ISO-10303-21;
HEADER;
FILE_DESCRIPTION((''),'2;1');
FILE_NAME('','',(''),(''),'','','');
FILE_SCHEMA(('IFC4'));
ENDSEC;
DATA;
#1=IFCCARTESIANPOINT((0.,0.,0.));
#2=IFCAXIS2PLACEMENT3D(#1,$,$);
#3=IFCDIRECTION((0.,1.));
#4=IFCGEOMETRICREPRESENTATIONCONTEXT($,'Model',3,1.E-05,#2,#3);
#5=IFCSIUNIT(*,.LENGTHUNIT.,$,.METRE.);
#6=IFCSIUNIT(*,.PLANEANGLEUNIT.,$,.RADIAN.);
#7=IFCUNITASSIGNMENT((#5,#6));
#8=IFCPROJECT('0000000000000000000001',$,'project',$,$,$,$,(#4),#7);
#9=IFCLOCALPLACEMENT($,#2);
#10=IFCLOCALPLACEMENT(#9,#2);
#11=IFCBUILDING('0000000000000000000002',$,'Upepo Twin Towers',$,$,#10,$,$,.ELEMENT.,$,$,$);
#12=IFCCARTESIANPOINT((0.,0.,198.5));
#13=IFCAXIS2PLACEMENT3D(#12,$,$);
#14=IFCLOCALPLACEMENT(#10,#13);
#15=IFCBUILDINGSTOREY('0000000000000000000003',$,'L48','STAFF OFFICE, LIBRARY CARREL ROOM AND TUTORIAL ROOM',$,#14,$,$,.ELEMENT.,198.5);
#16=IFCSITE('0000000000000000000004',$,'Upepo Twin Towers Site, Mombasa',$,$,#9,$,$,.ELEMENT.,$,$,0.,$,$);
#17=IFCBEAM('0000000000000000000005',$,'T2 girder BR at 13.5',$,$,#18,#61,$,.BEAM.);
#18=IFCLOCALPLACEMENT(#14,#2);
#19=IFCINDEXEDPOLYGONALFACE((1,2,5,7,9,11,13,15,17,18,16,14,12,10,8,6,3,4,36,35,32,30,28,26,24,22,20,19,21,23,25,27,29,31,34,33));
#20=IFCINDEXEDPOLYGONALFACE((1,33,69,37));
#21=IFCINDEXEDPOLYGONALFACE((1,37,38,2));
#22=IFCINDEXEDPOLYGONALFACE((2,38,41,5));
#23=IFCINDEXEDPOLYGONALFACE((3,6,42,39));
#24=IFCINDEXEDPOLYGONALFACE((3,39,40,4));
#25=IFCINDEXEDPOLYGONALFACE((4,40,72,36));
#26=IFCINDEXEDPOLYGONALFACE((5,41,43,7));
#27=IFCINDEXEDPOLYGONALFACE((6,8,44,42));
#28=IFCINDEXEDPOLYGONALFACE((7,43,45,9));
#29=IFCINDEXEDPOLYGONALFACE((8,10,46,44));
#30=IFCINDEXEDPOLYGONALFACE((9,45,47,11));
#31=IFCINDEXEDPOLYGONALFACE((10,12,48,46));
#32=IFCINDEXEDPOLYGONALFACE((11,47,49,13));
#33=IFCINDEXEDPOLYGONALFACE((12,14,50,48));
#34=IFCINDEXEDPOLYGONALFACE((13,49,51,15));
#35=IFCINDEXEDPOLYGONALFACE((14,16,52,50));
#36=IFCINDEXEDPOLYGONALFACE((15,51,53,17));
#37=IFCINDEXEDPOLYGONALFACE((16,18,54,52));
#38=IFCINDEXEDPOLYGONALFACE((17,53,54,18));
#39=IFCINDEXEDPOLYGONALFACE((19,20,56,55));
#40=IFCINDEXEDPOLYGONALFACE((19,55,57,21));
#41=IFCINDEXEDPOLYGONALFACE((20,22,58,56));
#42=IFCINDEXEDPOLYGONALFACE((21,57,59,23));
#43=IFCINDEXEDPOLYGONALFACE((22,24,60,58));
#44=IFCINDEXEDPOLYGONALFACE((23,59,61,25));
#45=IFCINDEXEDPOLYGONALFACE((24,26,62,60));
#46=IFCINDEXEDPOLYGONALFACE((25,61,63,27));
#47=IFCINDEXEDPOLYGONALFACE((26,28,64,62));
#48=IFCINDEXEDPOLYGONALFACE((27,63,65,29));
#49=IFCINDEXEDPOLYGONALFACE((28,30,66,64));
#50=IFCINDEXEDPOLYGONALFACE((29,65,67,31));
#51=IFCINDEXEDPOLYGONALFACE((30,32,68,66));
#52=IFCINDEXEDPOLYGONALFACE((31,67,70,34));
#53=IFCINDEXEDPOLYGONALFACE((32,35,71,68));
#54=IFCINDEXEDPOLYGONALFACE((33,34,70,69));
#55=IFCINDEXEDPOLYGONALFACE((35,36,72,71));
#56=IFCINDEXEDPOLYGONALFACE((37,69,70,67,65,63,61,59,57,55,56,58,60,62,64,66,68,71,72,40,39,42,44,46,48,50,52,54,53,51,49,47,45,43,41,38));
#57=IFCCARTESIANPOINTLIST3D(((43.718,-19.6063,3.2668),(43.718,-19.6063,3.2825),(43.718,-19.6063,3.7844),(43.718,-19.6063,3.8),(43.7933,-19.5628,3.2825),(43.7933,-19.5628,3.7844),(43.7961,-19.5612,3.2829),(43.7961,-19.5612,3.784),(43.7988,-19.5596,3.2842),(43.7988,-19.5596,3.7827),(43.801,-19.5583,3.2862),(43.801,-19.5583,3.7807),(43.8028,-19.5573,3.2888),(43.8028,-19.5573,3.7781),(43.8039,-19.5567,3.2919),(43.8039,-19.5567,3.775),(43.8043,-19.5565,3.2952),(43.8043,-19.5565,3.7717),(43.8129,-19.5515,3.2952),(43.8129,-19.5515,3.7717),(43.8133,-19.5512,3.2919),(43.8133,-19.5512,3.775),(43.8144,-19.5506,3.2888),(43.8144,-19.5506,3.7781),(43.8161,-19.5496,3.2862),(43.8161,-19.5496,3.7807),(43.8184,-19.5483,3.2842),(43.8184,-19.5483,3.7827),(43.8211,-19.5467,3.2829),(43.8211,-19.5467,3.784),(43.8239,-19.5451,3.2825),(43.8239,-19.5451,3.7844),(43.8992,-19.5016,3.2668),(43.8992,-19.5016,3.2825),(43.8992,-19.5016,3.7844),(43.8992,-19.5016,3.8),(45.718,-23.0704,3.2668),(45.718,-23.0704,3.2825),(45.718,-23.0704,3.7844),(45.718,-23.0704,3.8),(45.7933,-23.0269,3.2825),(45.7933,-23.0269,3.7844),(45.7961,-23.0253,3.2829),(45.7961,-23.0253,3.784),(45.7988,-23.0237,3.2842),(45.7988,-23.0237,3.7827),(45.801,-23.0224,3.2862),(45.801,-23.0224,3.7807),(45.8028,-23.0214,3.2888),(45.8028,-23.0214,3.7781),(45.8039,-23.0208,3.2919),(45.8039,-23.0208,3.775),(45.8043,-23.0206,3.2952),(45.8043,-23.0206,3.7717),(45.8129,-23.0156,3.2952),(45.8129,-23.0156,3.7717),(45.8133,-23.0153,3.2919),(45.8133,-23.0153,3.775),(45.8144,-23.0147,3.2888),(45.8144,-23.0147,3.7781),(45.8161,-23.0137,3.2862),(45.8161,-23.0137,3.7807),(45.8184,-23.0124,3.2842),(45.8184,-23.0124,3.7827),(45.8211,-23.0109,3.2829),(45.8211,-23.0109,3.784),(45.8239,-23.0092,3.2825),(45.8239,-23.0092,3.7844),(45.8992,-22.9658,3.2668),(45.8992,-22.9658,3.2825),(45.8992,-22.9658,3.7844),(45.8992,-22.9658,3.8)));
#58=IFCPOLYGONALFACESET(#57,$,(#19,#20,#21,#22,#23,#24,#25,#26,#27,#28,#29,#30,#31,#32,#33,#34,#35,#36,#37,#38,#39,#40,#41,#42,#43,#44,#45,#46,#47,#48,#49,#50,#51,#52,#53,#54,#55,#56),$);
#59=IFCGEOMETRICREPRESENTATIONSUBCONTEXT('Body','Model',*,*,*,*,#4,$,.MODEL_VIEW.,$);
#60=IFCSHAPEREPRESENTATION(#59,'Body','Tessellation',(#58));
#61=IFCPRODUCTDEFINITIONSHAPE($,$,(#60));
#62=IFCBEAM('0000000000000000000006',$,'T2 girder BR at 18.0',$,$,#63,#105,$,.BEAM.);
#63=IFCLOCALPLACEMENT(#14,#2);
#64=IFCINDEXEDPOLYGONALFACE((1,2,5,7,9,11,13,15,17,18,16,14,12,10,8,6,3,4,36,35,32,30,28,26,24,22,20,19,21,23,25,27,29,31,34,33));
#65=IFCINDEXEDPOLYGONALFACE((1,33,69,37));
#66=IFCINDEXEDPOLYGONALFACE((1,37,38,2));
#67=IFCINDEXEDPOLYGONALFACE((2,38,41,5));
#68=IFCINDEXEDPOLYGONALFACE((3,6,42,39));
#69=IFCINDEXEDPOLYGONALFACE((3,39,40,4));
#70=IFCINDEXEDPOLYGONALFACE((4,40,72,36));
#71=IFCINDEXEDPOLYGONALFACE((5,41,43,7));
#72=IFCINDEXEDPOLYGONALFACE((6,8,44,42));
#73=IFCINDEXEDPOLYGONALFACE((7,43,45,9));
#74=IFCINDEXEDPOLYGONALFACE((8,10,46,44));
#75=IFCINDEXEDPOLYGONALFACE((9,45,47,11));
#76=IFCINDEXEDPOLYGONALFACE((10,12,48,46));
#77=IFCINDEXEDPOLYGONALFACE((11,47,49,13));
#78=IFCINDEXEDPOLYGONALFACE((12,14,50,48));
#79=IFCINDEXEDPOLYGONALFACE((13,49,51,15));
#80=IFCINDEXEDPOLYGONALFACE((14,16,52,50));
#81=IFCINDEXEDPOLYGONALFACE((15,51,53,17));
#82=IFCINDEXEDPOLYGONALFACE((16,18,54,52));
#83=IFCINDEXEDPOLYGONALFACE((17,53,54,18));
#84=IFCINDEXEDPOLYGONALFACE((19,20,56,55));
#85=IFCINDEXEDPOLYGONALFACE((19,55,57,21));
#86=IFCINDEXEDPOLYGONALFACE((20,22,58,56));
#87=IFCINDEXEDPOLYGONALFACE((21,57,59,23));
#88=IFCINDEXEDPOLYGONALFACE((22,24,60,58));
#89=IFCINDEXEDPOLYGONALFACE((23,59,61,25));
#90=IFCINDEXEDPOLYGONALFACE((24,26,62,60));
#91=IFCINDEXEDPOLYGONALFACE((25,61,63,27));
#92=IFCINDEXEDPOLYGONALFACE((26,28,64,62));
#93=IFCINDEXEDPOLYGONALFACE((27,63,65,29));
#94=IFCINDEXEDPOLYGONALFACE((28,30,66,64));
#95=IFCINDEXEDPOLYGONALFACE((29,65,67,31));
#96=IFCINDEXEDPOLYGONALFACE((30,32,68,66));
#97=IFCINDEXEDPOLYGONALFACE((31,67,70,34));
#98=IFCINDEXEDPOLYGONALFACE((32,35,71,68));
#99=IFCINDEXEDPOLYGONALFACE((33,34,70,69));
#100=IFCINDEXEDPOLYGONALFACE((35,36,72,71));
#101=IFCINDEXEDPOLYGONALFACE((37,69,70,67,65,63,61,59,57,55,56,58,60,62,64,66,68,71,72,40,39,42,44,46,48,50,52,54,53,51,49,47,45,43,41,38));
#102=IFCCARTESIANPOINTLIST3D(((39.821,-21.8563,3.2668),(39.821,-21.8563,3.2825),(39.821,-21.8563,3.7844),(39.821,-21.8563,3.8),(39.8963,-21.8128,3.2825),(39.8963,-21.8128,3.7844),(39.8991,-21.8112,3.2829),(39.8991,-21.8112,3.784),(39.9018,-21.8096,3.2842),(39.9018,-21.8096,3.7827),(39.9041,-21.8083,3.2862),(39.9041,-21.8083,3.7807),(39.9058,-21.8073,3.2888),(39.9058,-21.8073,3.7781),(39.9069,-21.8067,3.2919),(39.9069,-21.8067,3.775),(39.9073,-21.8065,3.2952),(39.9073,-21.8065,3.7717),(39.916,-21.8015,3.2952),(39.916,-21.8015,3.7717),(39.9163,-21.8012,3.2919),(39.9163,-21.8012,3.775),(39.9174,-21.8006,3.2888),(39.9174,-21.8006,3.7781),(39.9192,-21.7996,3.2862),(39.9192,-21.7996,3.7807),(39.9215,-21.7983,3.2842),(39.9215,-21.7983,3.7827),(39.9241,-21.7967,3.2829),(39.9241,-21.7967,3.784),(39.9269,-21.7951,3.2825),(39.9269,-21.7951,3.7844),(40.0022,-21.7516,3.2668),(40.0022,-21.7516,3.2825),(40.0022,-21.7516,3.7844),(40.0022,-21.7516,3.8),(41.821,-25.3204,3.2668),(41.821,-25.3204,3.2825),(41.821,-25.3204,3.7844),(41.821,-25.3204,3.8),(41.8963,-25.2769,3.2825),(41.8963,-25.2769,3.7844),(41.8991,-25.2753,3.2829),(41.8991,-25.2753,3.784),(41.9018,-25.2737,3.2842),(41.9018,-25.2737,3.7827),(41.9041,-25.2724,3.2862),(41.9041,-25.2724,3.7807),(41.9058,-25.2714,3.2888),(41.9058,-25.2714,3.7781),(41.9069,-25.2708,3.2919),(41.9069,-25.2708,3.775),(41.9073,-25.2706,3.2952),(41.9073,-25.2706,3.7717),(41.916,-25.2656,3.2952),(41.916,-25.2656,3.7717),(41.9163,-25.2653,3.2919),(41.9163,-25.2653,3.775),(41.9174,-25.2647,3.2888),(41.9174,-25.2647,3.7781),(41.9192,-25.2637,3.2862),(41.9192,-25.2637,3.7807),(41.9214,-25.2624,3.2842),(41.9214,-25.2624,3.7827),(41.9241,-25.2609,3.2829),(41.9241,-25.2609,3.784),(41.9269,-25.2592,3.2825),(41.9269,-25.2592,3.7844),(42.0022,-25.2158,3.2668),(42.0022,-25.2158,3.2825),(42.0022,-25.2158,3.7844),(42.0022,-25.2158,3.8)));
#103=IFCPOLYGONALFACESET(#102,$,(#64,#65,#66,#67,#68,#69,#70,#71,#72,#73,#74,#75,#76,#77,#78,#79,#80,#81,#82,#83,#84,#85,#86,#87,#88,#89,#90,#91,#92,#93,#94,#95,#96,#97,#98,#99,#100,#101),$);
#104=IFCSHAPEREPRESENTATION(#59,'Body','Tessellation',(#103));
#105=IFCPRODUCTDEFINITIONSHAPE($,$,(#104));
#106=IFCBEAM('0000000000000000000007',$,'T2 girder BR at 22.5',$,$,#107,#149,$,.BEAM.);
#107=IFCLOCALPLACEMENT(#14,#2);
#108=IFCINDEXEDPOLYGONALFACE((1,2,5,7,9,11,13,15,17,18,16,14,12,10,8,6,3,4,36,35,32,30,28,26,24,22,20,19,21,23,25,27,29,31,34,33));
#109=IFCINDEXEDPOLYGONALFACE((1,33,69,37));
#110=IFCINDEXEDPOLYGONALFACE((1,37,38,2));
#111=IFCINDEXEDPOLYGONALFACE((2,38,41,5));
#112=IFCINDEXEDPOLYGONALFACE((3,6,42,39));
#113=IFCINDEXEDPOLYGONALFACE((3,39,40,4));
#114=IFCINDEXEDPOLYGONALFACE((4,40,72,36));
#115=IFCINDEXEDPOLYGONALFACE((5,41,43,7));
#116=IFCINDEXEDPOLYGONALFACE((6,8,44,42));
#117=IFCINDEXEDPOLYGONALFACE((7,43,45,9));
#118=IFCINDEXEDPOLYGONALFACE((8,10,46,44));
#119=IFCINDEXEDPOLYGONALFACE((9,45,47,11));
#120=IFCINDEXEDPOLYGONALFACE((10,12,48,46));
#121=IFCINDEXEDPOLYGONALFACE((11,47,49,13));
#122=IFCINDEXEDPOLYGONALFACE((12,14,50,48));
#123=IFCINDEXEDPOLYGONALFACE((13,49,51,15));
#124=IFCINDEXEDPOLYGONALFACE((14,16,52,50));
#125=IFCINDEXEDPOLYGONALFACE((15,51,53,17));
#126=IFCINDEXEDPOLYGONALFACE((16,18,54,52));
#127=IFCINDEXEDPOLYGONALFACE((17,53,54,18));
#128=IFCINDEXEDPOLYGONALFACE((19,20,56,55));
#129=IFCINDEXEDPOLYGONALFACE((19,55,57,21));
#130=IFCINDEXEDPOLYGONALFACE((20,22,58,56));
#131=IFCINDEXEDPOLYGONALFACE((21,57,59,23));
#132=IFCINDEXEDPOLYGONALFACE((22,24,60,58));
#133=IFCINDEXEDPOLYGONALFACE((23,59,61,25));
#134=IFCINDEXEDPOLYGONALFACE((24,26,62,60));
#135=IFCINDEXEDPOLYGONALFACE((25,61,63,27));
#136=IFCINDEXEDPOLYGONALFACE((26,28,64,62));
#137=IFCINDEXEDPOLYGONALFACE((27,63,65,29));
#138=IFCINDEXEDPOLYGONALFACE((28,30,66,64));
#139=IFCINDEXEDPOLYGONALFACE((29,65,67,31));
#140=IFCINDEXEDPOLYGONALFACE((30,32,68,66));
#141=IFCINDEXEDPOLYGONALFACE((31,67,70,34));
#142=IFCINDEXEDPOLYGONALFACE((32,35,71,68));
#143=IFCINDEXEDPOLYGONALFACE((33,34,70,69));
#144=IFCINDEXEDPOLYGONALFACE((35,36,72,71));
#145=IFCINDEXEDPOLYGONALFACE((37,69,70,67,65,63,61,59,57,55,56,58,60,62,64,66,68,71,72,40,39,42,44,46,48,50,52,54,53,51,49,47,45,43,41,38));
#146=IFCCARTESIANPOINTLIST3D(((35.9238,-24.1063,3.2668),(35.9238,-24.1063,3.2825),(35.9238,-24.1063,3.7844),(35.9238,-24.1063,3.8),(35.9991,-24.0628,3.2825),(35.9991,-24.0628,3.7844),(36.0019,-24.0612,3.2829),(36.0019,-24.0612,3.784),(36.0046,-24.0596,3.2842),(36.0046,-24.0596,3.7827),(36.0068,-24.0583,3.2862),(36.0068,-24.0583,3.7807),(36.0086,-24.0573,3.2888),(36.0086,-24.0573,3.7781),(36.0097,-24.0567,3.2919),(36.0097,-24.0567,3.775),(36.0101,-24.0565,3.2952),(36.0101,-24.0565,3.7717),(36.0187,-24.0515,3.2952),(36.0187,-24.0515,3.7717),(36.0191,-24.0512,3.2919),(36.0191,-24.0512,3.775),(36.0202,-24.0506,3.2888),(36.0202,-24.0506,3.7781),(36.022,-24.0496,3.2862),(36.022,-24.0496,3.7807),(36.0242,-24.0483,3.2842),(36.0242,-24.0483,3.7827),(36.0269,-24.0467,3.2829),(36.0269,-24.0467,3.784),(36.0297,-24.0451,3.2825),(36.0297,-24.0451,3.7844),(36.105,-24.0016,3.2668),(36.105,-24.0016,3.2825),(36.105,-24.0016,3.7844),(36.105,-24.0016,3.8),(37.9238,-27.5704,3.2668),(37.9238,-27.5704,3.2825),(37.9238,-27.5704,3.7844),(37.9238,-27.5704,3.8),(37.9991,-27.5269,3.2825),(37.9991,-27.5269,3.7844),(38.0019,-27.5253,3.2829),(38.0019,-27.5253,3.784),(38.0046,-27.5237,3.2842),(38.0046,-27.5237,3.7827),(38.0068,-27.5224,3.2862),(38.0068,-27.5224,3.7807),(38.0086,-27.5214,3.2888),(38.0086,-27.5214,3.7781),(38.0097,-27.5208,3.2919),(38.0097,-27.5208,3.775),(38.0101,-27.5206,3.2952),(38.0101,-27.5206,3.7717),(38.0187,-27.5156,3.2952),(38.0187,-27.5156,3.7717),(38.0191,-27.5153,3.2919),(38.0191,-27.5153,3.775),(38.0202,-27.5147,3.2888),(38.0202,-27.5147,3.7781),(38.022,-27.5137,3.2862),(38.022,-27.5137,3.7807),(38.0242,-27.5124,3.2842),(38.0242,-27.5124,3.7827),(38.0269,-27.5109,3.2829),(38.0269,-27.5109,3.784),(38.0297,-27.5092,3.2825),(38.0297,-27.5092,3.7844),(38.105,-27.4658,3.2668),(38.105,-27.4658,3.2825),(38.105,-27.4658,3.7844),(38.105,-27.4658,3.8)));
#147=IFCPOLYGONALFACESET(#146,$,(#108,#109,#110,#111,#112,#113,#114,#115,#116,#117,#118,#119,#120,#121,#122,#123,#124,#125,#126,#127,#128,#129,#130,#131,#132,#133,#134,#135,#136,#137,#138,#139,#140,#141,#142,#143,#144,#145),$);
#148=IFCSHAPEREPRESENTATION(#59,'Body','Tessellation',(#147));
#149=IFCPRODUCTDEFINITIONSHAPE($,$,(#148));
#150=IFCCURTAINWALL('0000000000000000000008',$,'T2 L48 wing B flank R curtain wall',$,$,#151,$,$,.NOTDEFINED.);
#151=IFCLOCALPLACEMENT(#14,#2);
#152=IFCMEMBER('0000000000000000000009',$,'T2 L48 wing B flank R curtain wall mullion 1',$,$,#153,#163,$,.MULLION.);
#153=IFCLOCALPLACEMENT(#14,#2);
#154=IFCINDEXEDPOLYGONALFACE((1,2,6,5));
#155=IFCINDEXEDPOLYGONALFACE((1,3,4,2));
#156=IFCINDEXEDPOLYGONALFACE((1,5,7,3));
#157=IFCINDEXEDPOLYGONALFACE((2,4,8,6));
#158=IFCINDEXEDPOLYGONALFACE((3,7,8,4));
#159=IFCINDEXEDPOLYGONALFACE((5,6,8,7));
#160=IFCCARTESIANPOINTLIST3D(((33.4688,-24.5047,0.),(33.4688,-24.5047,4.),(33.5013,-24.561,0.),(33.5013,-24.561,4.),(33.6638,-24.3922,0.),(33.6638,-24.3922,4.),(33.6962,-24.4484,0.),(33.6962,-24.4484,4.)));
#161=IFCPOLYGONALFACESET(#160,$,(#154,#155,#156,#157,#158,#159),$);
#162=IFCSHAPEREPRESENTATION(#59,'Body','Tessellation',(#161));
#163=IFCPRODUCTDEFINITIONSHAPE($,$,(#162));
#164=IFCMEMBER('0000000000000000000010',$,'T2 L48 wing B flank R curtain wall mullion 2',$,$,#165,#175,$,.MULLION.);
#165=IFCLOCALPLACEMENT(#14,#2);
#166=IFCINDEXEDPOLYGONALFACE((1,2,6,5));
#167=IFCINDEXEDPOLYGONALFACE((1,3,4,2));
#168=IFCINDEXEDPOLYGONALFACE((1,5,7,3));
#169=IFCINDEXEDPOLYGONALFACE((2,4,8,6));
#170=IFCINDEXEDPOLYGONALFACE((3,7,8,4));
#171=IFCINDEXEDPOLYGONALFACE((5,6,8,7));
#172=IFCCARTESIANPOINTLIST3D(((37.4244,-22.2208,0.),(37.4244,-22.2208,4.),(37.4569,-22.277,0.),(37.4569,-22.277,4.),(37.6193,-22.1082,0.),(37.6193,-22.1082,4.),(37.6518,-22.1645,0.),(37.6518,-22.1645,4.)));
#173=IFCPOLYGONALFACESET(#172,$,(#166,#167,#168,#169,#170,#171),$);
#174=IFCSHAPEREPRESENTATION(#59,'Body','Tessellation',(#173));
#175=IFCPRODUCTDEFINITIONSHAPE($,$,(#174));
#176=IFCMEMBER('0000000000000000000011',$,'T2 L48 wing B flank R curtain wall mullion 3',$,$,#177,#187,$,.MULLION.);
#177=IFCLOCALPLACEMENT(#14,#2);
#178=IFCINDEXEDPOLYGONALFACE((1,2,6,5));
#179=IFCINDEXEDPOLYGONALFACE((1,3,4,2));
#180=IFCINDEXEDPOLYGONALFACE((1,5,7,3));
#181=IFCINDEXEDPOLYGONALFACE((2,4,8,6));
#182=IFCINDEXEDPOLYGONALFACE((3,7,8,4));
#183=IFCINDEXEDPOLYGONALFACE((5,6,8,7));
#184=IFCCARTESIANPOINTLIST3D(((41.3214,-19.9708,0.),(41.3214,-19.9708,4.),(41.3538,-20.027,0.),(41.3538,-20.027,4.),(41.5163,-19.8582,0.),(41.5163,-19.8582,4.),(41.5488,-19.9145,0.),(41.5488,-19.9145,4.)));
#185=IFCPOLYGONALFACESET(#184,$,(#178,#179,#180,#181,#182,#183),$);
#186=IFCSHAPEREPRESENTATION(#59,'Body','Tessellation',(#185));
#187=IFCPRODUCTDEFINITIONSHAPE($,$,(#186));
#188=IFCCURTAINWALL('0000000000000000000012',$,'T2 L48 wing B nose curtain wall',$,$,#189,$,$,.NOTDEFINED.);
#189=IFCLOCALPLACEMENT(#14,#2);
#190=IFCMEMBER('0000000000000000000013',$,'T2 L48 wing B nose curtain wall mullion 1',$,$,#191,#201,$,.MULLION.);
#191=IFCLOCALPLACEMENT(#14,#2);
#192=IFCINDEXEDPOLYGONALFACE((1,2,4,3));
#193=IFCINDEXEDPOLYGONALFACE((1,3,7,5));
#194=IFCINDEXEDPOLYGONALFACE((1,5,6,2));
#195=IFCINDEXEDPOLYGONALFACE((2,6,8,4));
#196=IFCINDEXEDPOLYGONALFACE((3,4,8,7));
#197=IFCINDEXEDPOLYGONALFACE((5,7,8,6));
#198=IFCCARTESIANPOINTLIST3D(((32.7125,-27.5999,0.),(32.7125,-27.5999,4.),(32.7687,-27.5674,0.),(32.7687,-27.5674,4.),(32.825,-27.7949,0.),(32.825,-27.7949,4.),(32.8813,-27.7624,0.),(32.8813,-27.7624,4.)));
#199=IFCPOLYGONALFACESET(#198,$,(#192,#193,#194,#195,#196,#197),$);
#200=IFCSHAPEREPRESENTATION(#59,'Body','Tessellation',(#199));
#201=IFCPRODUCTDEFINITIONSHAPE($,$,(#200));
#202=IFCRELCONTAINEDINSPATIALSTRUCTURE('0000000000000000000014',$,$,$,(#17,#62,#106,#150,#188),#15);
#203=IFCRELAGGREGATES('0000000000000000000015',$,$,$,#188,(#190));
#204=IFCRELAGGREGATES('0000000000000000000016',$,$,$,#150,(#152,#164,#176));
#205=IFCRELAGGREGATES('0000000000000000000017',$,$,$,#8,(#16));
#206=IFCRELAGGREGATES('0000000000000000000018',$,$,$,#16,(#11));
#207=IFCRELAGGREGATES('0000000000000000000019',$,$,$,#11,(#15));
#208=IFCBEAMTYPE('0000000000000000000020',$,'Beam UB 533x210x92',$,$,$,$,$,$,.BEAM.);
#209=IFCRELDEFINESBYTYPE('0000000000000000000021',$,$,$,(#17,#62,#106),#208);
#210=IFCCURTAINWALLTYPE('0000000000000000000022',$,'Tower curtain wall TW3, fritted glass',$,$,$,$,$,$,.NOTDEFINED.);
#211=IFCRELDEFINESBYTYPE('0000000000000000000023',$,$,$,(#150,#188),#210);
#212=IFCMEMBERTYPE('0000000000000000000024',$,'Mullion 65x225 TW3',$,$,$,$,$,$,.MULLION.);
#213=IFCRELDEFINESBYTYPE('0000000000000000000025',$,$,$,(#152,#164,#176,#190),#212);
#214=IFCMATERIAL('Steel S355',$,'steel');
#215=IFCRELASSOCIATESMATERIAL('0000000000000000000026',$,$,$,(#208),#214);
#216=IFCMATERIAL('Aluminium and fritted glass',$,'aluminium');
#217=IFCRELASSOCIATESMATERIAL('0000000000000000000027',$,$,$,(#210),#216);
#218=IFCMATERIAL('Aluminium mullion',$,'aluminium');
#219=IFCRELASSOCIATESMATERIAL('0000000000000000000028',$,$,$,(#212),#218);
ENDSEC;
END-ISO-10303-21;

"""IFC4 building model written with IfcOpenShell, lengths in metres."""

from ifc_helpers import new_model, si_unit, direction, frame, origin, origin_2d, place, context, subcontext, project, spatial, rectangle, i_section, extrude, material, material_profile, profile_set, type_object, element, aggregate, save


model = new_model("IFC4")

# Units and contexts
model_context = context("Model", 3, precision=1e-05, world=origin(), true_north=direction((0.0, 1.0)))
body_context = subcontext(model_context, "Body", "Model", "MODEL_VIEW")
ifc_project = project(units=[si_unit("LENGTHUNIT", "METRE"), si_unit("PLANEANGLEUNIT", "RADIAN")], contexts=[model_context])

# Site, building, storey
site_placement = place(None, origin())
site = spatial("IfcSite", under=ifc_project, at=site_placement, Name="Upepo Twin Towers Site, Mombasa", CompositionType="ELEMENT", RefElevation=0.0)
building_placement = place(site_placement, origin())
building = spatial("IfcBuilding", under=site, at=building_placement, Name="Upepo Twin Towers", CompositionType="ELEMENT")
storey_placement = place(building_placement, frame((0.0, 0.0, 198.5)))
storey = spatial("IfcBuildingStorey", under=building, at=storey_placement, Name="L48", Description="STAFF OFFICE, LIBRARY CARREL ROOM AND TUTORIAL ROOM", CompositionType="ELEMENT", Elevation=198.5)

# Beams
ifc_material_1 = material(Name="Steel S355", Category="steel")
ifc_material_profile_1 = material_profile(ifc_material_1, i_section(OverallWidth=0.2092, OverallDepth=0.5332, WebThickness=0.01, FlangeThickness=0.0156, FilletRadius=0.0127, at=origin_2d()), Name="UB 533x210x92")
ifc_profile_set_1 = profile_set([ifc_material_profile_1], Name="Steel S355")
beam_type_1 = type_object("IfcBeamType", Name="Beam UB 533x210x92", PredefinedType="BEAM", material=ifc_profile_set_1)
for number, where, z_axis, x_axis, name in (
    (1, (43.8086, -19.554, 3.5334), (0.499999, -0.866026, 0.0), (0.866026, 0.499999, 0.0), "T2 girder BR at 13.5"),
    (2, (39.9116, -21.804, 3.5334), (0.499999, -0.866026, 0.0), (0.866026, 0.499999, 0.0), "T2 girder BR at 18.0"),
    (3, (36.0144, -24.054, 3.5334), (0.499999, -0.866026, 0.0), (0.866026, 0.499999, 0.0), "T2 girder BR at 22.5"),
):
    element("IfcBeam", number, at=place(storey_placement, frame(where, z_axis=z_axis, x_axis=x_axis)), inside=storey, type_object=beam_type_1, Name=name, PredefinedType="BEAM", context=body_context, shape_type="SweptSolid", body=[
        extrude(i_section(OverallWidth=0.2092, OverallDepth=0.5332, WebThickness=0.01, FlangeThickness=0.0156, FilletRadius=0.0127, at=origin_2d()), origin(), (0.0, 0.0, 1.0), 4.0),
    ])

# Curtain wall, members
ifc_material_2 = material(Name="Aluminium and fritted glass", Category="aluminium")
curtain_wall_type = type_object("IfcCurtainWallType", Name="Tower curtain wall TW3, fritted glass", PredefinedType="NOTDEFINED", material=ifc_material_2)
curtain_wall_1_placement = place(storey_placement, origin())
curtain_wall_1 = element("IfcCurtainWall", 4, at=curtain_wall_1_placement, inside=storey, type_object=curtain_wall_type, Name="T2 L48 wing B flank R curtain wall", PredefinedType="NOTDEFINED")
ifc_material_3 = material(Name="Aluminium mullion", Category="aluminium")
ifc_material_profile_2 = material_profile(ifc_material_3, rectangle(XDim=0.0649, YDim=0.2251, at=origin_2d()), Name="MULLION 65x225")
ifc_profile_set_2 = profile_set([ifc_material_profile_2], Name="Aluminium mullion")
member_type_1 = type_object("IfcMemberType", Name="Mullion 65x225 TW3", PredefinedType="MULLION", material=ifc_profile_set_2)
member_1_placement = place(storey_placement, frame((33.5825, -24.4766, 0.0), z_axis=(0.0, 0.0, 1.0), x_axis=(-0.5, 0.866025, 0.0)))
member_1 = element("IfcMember", 5, at=member_1_placement, type_object=member_type_1, Name="T2 L48 wing B flank R curtain wall mullion 1", PredefinedType="MULLION", context=body_context, shape_type="SweptSolid", body=[
    extrude(rectangle(XDim=0.0649, YDim=0.2251, at=origin_2d()), origin(), (0.0, 0.0, 1.0), 4.0),
])
member_2_placement = place(storey_placement, frame((37.5381, -22.1926, 0.0), z_axis=(0.0, 0.0, 1.0), x_axis=(-0.5, 0.866025, 0.0)))
member_2 = element("IfcMember", 6, at=member_2_placement, type_object=member_type_1, Name="T2 L48 wing B flank R curtain wall mullion 2", PredefinedType="MULLION", context=body_context, shape_type="SweptSolid", body=[
    extrude(rectangle(XDim=0.0649, YDim=0.2251, at=origin_2d()), origin(), (0.0, 0.0, 1.0), 4.0),
])
member_3_placement = place(storey_placement, frame((41.4351, -19.9426, 0.0), z_axis=(0.0, 0.0, 1.0), x_axis=(-0.5, 0.866025, 0.0)))
member_3 = element("IfcMember", 7, at=member_3_placement, type_object=member_type_1, Name="T2 L48 wing B flank R curtain wall mullion 3", PredefinedType="MULLION", context=body_context, shape_type="SweptSolid", body=[
    extrude(rectangle(XDim=0.0649, YDim=0.2251, at=origin_2d()), origin(), (0.0, 0.0, 1.0), 4.0),
])

# Curtain wall, member
curtain_wall_2_placement = place(storey_placement, origin())
curtain_wall_2 = element("IfcCurtainWall", 8, at=curtain_wall_2_placement, inside=storey, type_object=curtain_wall_type, Name="T2 L48 wing B nose curtain wall", PredefinedType="NOTDEFINED")
member_4_placement = place(storey_placement, frame((32.7969, -27.6812, 0.0), z_axis=(0.0, 0.0, 1.0), x_axis=(0.866025, 0.5, 0.0)))
member_4 = element("IfcMember", 9, at=member_4_placement, type_object=member_type_1, Name="T2 L48 wing B nose curtain wall mullion 1", PredefinedType="MULLION", context=body_context, shape_type="SweptSolid", body=[
    extrude(rectangle(XDim=0.0649, YDim=0.2251, at=origin_2d()), origin(), (0.0, 0.0, 1.0), 4.0),
])

aggregate(curtain_wall_2, [member_4])

aggregate(curtain_wall_1, [member_1, member_2, member_3])

save(model, "model.ifc")
